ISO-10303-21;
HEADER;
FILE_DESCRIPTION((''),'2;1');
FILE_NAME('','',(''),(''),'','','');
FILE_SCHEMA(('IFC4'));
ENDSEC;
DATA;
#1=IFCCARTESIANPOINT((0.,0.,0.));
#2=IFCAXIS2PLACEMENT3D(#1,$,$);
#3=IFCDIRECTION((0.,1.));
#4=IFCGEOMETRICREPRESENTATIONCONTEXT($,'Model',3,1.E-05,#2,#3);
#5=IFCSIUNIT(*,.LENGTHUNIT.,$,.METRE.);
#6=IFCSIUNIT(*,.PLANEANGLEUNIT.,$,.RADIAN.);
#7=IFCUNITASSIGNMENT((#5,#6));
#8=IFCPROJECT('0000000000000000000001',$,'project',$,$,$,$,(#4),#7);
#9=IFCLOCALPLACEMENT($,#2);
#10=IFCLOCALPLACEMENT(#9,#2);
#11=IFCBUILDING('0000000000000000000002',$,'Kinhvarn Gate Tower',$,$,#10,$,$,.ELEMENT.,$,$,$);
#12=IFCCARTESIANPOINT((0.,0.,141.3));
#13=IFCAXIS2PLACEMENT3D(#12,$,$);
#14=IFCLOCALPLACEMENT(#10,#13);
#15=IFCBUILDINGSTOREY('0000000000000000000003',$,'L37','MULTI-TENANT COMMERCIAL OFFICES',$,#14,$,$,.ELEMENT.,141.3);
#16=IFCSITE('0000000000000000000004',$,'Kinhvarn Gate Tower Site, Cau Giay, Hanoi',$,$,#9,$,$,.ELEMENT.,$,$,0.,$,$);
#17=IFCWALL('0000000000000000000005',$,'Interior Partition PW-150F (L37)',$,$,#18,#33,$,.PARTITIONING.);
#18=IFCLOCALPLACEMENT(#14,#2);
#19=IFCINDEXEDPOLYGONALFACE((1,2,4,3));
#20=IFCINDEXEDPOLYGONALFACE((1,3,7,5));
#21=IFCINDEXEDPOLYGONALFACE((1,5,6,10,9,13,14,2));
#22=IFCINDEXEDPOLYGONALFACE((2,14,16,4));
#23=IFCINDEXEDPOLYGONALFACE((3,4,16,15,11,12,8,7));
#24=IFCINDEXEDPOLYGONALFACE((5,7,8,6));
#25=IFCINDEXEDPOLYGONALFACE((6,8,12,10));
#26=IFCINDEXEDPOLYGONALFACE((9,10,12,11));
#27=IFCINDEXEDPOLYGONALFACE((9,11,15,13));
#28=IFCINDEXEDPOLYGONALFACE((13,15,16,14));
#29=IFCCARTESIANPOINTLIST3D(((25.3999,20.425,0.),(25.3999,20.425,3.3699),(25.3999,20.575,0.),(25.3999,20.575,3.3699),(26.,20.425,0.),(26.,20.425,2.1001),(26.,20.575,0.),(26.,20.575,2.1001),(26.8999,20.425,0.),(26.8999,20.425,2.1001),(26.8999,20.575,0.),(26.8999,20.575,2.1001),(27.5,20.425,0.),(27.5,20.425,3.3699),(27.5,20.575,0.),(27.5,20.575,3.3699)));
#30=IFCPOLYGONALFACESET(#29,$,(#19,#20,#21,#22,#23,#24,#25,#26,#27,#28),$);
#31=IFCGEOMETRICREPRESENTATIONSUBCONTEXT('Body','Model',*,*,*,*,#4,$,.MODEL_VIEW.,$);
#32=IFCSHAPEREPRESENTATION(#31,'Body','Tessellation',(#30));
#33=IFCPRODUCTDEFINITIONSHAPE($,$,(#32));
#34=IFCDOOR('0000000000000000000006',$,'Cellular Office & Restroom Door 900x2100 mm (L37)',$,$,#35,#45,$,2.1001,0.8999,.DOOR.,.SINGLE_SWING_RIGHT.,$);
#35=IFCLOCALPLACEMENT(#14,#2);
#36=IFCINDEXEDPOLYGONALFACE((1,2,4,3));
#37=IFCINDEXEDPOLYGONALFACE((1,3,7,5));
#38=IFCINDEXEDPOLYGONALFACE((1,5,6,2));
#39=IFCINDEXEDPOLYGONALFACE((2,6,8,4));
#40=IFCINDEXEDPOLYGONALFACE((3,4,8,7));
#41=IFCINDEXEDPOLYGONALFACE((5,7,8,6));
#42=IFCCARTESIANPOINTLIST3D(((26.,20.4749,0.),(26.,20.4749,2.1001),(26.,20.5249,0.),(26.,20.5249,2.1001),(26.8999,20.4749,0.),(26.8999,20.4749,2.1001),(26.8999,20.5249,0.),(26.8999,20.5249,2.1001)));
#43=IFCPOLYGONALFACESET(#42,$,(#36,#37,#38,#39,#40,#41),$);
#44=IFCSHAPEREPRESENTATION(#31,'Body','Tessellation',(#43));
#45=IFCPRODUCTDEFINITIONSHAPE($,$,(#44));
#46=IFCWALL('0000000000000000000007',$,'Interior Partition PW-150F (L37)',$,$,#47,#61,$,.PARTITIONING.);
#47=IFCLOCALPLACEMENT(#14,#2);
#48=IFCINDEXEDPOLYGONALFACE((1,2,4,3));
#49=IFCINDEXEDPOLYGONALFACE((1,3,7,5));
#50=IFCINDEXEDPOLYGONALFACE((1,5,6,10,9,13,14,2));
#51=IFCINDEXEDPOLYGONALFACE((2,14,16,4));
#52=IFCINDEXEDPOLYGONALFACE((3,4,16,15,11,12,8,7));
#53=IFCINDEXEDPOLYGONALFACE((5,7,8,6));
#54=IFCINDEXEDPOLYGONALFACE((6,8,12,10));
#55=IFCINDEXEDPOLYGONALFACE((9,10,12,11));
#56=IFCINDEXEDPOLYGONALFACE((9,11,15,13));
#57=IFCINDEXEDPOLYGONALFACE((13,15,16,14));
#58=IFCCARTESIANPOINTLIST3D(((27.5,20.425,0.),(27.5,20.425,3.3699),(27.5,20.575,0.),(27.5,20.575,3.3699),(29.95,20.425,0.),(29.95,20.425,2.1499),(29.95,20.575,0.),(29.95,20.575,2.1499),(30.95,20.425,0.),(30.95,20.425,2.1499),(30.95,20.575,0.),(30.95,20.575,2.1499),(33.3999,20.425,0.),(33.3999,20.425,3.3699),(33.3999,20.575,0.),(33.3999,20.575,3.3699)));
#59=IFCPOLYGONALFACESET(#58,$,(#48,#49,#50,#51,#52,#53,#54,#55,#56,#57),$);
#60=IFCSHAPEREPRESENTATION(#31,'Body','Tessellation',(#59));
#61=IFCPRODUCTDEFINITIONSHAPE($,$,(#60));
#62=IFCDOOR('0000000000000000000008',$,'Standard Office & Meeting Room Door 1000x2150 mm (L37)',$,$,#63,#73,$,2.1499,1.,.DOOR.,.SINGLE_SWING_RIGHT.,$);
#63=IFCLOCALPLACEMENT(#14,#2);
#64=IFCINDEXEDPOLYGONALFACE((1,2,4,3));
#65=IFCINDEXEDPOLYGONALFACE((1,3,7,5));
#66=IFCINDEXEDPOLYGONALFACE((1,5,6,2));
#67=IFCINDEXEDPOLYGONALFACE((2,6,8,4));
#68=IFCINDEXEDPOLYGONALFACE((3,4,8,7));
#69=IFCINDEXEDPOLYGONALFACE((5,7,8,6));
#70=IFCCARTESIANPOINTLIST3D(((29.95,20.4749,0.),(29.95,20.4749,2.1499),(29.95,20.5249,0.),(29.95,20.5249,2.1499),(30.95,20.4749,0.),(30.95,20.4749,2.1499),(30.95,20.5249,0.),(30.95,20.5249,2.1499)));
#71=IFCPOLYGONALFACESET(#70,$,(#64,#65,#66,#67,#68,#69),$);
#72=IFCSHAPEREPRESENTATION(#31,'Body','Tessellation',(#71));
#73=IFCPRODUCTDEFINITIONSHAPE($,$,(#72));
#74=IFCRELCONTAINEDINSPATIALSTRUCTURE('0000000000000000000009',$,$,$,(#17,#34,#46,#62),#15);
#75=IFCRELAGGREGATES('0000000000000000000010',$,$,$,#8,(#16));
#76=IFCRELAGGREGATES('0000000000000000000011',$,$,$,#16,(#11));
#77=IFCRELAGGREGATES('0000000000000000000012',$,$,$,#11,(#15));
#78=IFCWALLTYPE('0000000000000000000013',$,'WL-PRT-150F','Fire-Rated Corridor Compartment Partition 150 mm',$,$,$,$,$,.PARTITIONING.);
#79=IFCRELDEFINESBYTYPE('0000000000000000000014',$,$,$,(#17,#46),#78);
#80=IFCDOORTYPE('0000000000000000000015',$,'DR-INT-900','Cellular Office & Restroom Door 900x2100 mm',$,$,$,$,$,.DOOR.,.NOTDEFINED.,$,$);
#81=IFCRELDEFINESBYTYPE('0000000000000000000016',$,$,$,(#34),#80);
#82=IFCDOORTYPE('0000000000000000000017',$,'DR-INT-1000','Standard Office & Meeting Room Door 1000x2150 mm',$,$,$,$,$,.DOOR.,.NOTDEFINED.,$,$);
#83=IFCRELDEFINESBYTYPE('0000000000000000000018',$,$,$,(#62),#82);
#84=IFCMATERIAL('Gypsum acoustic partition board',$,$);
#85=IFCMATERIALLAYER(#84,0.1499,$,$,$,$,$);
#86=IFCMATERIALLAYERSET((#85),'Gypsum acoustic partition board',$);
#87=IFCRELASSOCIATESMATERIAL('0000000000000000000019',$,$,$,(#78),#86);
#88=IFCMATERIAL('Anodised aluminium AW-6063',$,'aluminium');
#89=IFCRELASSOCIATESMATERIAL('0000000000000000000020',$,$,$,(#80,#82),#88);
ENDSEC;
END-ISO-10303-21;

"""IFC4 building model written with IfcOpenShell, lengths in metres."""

from ifc_helpers import new_model, si_unit, direction, frame, frame_2d, origin, place, context, subcontext, project, spatial, rectangle, extrude, material, layer, layer_set, type_object, element, fill, save


model = new_model("IFC4")

# Units and contexts
model_context = context("Model", 3, precision=1e-05, world=origin(), true_north=direction((0.0, 1.0)))
body_context = subcontext(model_context, "Body", "Model", "MODEL_VIEW")
ifc_project = project(units=[si_unit("LENGTHUNIT", "METRE"), si_unit("PLANEANGLEUNIT", "RADIAN")], contexts=[model_context])

# Site, building, storey
site_placement = place(None, origin())
site = spatial("IfcSite", under=ifc_project, at=site_placement, Name="Kinhvarn Gate Tower Site, Cau Giay, Hanoi", CompositionType="ELEMENT", RefElevation=0.0)
building_placement = place(site_placement, origin())
building = spatial("IfcBuilding", under=site, at=building_placement, Name="Kinhvarn Gate Tower", CompositionType="ELEMENT")
storey_placement = place(building_placement, frame((0.0, 0.0, 141.3)))
storey = spatial("IfcBuildingStorey", under=building, at=storey_placement, Name="L37", Description="MULTI-TENANT COMMERCIAL OFFICES", CompositionType="ELEMENT", Elevation=141.3)

# Shared definitions
ifc_material_1 = material(Name="Gypsum acoustic partition board")

# Walls, openings, doors
ifc_layer_1 = layer(ifc_material_1, 0.1499)
ifc_layer_set_1 = layer_set([ifc_layer_1], Name="Gypsum acoustic partition board")
wall_type_1 = type_object("IfcWallType", Name="WL-PRT-150F", Description="Fire-Rated Corridor Compartment Partition 150 mm", PredefinedType="PARTITIONING", material=ifc_layer_set_1)
wall_1_placement = place(storey_placement, frame((25.3999, 20.5, 0.0), z_axis=(0.0, 0.0, 1.0), x_axis=(1.0, 0.0, 0.0)))
wall_1 = element("IfcWall", 1, at=wall_1_placement, inside=storey, type_object=wall_type_1, Name="Interior Partition PW-150F (L37)", PredefinedType="PARTITIONING", context=body_context, shape_type="SweptSolid", body=[
    extrude(rectangle(XDim=2.1001, YDim=0.1499, at=frame_2d((1.05, 0.0))), origin(), (0.0, 0.0, 1.0), 3.3699),
])
opening_1_placement = place(wall_1_placement, frame((0.6001, 0.0, 0.0)))
opening_1 = element("IfcOpeningElement", 2, at=opening_1_placement, cuts=wall_1, PredefinedType="OPENING", context=body_context, shape_type="SweptSolid", body=[
    extrude(rectangle(XDim=0.8999, YDim=2.1001, at=frame_2d((0.45, 1.05))), frame((0.0, 0.085, 0.0), z_axis=(0.0, -1.0, 0.0), x_axis=(1.0, 0.0, 0.0)), (0.0, 0.0, 1.0), 0.1699),
])
ifc_material_2 = material(Name="Anodised aluminium AW-6063", Category="aluminium")
door_type_1 = type_object("IfcDoorType", Name="DR-INT-900", Description="Cellular Office & Restroom Door 900x2100 mm", OperationType="NOTDEFINED", PredefinedType="DOOR", material=ifc_material_2)
door_1_placement = place(opening_1_placement, origin())
door_1 = element("IfcDoor", 3, at=door_1_placement, inside=storey, type_object=door_type_1, Name="Cellular Office & Restroom Door 900x2100 mm (L37)", OperationType="SINGLE_SWING_RIGHT", OverallHeight=2.1001, OverallWidth=0.8999, PredefinedType="DOOR", context=body_context, shape_type="SweptSolid", body=[
    extrude(rectangle(XDim=0.8999, YDim=2.1001, at=frame_2d((0.45, 1.05))), frame((0.0, 0.0249, 0.0), z_axis=(0.0, -1.0, 0.0), x_axis=(1.0, 0.0, 0.0)), (0.0, 0.0, 1.0), 0.05),
])
fill(opening_1, door_1)
wall_2_placement = place(storey_placement, frame((27.5, 20.5, 0.0), z_axis=(0.0, 0.0, 1.0), x_axis=(1.0, 0.0, 0.0)))
wall_2 = element("IfcWall", 4, at=wall_2_placement, inside=storey, type_object=wall_type_1, Name="Interior Partition PW-150F (L37)", PredefinedType="PARTITIONING", context=body_context, shape_type="SweptSolid", body=[
    extrude(rectangle(XDim=5.8999, YDim=0.1499, at=frame_2d((2.95, 0.0))), origin(), (0.0, 0.0, 1.0), 3.3699),
])
opening_2_placement = place(wall_2_placement, frame((2.45, 0.0, 0.0)))
opening_2 = element("IfcOpeningElement", 5, at=opening_2_placement, cuts=wall_2, PredefinedType="OPENING", context=body_context, shape_type="SweptSolid", body=[
    extrude(rectangle(XDim=1.0, YDim=2.1499, at=frame_2d((0.5, 1.075))), frame((0.0, 0.085, 0.0), z_axis=(0.0, -1.0, 0.0), x_axis=(1.0, 0.0, 0.0)), (0.0, 0.0, 1.0), 0.1699),
])
door_type_2 = type_object("IfcDoorType", Name="DR-INT-1000", Description="Standard Office & Meeting Room Door 1000x2150 mm", OperationType="NOTDEFINED", PredefinedType="DOOR", material=ifc_material_2)
door_2_placement = place(opening_2_placement, origin())
door_2 = element("IfcDoor", 6, at=door_2_placement, inside=storey, type_object=door_type_2, Name="Standard Office & Meeting Room Door 1000x2150 mm (L37)", OperationType="SINGLE_SWING_RIGHT", OverallHeight=2.1499, OverallWidth=1.0, PredefinedType="DOOR", context=body_context, shape_type="SweptSolid", body=[
    extrude(rectangle(XDim=1.0, YDim=2.1499, at=frame_2d((0.5, 1.075))), frame((0.0, 0.0249, 0.0), z_axis=(0.0, -1.0, 0.0), x_axis=(1.0, 0.0, 0.0)), (0.0, 0.0, 1.0), 0.05),
])
fill(opening_2, door_2)

save(model, "model.ifc")
